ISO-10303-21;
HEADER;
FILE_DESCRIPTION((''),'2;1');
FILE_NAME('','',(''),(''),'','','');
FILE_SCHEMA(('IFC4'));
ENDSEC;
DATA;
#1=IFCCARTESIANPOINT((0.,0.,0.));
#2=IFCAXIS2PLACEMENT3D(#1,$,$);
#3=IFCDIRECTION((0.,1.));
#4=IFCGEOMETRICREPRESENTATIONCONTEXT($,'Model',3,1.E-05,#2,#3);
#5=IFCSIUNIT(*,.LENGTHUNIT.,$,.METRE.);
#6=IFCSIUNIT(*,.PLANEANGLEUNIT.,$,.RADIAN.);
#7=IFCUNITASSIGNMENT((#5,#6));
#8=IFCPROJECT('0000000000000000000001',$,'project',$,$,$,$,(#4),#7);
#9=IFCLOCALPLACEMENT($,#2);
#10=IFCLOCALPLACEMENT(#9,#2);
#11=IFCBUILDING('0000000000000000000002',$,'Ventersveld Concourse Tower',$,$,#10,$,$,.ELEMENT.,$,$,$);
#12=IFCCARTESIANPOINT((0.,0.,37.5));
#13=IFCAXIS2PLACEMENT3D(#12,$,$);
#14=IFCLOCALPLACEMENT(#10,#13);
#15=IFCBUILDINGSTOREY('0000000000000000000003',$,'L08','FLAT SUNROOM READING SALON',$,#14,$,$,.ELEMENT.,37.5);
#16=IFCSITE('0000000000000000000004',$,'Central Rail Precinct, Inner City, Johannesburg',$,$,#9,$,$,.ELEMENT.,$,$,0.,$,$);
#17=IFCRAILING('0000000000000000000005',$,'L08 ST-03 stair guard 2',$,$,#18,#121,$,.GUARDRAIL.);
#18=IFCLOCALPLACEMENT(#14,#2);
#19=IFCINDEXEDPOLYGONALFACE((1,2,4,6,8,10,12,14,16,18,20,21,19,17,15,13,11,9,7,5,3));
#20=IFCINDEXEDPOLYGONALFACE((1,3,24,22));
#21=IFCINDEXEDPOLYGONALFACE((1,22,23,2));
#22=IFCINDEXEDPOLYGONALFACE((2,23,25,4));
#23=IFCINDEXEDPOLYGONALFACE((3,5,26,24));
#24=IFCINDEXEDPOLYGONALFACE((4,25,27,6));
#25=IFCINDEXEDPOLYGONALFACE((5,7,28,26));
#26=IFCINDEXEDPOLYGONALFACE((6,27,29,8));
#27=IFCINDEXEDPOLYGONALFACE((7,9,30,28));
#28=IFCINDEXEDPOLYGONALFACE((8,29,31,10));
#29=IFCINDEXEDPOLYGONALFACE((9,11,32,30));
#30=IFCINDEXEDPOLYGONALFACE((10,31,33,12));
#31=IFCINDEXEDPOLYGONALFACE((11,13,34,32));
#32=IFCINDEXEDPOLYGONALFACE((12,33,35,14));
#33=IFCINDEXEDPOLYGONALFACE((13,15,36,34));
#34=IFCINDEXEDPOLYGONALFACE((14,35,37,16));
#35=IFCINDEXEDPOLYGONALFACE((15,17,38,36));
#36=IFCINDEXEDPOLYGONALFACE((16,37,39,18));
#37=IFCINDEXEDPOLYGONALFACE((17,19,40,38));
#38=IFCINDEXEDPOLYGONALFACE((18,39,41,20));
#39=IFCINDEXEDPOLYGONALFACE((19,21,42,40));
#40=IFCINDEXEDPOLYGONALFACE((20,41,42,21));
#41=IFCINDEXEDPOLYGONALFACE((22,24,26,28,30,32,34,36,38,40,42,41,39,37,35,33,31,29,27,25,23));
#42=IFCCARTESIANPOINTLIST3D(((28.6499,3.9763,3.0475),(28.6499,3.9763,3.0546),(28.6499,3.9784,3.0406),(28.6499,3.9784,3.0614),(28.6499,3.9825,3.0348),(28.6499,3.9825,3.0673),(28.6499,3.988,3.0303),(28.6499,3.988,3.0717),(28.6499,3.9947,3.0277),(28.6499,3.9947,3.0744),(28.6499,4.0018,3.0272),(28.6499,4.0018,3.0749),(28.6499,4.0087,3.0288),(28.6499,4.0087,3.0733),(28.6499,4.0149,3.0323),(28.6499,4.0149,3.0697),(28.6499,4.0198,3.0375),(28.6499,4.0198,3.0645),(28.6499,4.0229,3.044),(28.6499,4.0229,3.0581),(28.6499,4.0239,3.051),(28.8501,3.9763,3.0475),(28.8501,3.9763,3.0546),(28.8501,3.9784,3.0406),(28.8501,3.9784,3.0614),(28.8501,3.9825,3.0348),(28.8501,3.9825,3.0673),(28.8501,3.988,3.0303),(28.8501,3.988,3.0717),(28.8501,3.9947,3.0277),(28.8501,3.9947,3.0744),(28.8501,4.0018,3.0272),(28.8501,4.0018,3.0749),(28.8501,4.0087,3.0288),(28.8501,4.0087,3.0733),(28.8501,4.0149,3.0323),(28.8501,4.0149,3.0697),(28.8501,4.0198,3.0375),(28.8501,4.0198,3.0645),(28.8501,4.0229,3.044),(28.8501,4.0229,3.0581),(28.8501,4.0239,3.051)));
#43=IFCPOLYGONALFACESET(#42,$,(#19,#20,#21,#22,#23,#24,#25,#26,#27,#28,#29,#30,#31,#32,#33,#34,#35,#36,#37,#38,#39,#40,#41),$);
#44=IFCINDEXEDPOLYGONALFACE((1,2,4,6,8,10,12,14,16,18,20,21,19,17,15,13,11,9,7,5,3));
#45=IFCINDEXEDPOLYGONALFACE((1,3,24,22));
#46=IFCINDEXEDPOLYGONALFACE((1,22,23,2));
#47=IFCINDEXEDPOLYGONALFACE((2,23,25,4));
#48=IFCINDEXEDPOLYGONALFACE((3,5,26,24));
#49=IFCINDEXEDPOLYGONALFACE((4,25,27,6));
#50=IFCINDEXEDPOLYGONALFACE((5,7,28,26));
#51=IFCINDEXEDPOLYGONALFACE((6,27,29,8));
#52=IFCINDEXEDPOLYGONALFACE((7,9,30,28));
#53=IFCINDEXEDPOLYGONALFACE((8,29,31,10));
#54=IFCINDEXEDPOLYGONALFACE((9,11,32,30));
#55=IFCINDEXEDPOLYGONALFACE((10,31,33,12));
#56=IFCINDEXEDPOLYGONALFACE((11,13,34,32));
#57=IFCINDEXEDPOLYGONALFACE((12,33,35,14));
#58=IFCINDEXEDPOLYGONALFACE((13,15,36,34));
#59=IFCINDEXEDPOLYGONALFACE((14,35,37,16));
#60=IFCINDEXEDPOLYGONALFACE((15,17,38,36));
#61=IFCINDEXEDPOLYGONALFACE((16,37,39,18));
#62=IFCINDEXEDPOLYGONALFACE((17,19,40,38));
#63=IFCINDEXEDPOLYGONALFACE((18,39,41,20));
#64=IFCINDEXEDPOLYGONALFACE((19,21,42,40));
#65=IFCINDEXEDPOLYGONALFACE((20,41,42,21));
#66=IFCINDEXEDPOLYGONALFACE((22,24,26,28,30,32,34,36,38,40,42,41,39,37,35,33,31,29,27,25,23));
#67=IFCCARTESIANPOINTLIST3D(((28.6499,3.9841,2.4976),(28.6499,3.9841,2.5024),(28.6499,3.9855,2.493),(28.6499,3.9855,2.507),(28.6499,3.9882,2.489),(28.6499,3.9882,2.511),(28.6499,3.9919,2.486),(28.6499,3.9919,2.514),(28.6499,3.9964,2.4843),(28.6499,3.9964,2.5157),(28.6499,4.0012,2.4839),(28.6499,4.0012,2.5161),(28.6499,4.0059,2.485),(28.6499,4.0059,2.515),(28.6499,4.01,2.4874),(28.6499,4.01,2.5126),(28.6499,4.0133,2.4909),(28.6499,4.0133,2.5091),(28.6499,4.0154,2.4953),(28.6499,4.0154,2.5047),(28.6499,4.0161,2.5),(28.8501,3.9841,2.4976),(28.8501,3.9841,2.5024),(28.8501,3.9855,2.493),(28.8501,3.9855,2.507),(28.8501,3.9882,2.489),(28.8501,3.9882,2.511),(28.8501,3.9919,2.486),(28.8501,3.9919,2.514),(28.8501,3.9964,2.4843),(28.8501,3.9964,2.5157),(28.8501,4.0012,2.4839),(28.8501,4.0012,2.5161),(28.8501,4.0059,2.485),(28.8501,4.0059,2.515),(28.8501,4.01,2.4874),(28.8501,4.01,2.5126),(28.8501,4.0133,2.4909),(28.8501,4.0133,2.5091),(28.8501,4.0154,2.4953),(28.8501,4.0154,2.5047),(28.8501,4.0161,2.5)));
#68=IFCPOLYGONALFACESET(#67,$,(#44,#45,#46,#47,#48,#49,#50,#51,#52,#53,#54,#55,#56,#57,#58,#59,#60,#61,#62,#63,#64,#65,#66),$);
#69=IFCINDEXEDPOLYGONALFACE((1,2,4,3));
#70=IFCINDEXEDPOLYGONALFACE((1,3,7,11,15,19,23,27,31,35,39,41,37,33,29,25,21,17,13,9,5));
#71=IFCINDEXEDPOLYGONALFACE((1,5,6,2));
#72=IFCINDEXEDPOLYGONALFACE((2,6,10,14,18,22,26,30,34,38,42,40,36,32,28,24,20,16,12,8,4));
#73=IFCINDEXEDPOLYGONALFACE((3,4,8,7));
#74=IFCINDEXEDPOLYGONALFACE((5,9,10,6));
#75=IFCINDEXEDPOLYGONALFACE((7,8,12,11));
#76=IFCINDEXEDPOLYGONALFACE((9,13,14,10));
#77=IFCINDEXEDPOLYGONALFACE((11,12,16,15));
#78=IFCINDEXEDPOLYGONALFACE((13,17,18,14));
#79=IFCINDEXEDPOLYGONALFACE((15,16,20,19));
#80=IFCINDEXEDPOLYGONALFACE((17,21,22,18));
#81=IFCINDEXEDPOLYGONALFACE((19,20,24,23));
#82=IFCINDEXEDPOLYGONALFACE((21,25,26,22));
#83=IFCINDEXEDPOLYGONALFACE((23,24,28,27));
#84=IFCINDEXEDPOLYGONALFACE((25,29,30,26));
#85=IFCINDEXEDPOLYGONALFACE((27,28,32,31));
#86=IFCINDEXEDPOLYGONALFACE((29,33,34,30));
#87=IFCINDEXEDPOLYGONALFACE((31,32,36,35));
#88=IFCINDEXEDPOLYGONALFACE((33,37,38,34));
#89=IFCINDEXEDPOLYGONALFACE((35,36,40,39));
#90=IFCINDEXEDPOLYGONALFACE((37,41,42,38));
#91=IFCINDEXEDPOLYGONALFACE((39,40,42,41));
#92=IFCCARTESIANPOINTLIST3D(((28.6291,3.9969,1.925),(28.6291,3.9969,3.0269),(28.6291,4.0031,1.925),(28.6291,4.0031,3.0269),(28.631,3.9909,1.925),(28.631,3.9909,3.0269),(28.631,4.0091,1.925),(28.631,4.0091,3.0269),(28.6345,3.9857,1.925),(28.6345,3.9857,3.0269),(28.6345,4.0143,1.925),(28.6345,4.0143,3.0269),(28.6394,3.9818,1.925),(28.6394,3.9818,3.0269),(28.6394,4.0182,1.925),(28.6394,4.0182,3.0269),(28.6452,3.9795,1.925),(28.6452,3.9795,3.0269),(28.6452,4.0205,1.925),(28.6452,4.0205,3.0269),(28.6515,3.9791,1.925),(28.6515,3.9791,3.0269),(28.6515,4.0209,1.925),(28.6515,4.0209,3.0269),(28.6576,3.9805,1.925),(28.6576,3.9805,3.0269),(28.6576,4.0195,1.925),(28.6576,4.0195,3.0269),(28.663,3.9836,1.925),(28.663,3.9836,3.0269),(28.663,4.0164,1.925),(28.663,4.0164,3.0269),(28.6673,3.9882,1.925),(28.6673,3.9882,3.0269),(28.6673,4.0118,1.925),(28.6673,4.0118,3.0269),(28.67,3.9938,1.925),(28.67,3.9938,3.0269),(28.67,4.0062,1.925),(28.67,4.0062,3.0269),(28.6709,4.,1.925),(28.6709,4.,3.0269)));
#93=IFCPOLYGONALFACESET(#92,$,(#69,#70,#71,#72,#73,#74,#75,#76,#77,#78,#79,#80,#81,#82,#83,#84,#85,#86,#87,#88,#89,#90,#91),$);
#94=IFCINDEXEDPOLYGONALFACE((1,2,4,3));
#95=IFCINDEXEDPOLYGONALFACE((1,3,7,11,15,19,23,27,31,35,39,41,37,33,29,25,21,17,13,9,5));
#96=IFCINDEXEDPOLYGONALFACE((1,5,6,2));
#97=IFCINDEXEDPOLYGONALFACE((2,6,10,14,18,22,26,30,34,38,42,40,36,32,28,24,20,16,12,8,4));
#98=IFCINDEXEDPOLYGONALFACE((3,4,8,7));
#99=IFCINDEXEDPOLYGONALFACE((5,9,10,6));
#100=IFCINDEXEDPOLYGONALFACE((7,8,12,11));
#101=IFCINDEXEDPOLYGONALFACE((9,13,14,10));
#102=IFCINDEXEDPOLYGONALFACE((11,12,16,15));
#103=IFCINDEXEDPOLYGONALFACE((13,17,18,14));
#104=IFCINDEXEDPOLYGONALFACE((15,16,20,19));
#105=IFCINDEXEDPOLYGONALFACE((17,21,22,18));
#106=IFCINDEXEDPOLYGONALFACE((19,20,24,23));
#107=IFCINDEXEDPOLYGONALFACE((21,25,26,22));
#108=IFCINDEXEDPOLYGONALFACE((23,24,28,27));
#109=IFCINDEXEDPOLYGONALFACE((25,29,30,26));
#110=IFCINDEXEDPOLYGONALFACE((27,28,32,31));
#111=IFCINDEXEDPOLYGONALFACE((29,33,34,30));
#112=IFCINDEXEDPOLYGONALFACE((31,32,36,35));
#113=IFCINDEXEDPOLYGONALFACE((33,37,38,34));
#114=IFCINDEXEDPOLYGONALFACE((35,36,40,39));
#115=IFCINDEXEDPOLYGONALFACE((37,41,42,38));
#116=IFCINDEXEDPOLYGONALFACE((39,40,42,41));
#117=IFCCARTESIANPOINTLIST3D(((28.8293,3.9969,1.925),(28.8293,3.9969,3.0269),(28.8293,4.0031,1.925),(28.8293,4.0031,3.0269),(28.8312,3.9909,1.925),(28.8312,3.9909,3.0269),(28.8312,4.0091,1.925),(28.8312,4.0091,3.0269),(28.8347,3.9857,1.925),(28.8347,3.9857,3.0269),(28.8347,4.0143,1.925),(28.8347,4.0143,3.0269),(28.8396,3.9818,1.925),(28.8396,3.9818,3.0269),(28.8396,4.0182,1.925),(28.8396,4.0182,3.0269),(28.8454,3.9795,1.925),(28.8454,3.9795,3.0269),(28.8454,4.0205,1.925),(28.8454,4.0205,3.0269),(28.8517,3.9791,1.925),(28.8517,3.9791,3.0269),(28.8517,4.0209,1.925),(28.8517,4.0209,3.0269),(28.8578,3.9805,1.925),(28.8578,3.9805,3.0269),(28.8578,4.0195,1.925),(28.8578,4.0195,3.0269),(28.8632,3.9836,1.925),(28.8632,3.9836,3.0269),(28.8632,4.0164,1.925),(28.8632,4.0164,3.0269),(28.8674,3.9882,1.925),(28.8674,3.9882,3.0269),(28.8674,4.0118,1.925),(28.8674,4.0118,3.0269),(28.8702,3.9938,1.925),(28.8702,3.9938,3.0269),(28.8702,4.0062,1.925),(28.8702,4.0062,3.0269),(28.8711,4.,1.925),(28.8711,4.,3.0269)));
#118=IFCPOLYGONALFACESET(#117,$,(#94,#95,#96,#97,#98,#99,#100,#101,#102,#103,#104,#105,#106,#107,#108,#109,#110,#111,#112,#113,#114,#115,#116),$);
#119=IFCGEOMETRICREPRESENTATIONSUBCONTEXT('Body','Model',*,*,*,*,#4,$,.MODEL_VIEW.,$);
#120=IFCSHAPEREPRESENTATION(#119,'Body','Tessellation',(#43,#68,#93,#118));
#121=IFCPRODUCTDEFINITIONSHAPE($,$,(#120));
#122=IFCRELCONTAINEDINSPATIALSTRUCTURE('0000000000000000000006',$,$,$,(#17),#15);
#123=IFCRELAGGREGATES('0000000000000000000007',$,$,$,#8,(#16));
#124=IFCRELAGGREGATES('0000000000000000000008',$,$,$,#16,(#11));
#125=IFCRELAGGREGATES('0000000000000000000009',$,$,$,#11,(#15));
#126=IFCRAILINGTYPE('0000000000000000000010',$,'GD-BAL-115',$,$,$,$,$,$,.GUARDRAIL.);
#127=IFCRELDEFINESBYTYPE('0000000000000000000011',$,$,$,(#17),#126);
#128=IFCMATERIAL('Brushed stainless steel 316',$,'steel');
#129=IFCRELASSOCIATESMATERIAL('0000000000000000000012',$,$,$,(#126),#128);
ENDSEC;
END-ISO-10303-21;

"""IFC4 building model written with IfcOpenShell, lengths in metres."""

from ifc_helpers import new_model, si_unit, direction, frame, origin, origin_2d, place, context, subcontext, project, spatial, circle, extrude, material, type_object, element, save


model = new_model("IFC4")

# Units and contexts
model_context = context("Model", 3, precision=1e-05, world=origin(), true_north=direction((0.0, 1.0)))
body_context = subcontext(model_context, "Body", "Model", "MODEL_VIEW")
ifc_project = project(units=[si_unit("LENGTHUNIT", "METRE"), si_unit("PLANEANGLEUNIT", "RADIAN")], contexts=[model_context])

# Site, building, storey
site_placement = place(None, origin())
site = spatial("IfcSite", under=ifc_project, at=site_placement, Name="Central Rail Precinct, Inner City, Johannesburg", CompositionType="ELEMENT", RefElevation=0.0)
building_placement = place(site_placement, origin())
building = spatial("IfcBuilding", under=site, at=building_placement, Name="Ventersveld Concourse Tower", CompositionType="ELEMENT")
storey_placement = place(building_placement, frame((0.0, 0.0, 37.5)))
storey = spatial("IfcBuildingStorey", under=building, at=storey_placement, Name="L08", Description="FLAT SUNROOM READING SALON", CompositionType="ELEMENT", Elevation=37.5)

# Railing
ifc_material_1 = material(Name="Brushed stainless steel 316", Category="steel")
railing_type_1 = type_object("IfcRailingType", Name="GD-BAL-115", PredefinedType="GUARDRAIL", material=ifc_material_1)
railing_1_placement = place(storey_placement, frame((28.6499, 4.0, 1.925)))
element("IfcRailing", 1, at=railing_1_placement, inside=storey, type_object=railing_type_1, Name="L08 ST-03 stair guard 2", PredefinedType="GUARDRAIL", context=body_context, shape_type="SweptSolid", body=[
    extrude(circle(Radius=0.0239, at=origin_2d()), frame((0.0, 0.0, 1.126), z_axis=(1.0, 0.0, 0.0), x_axis=(0.0, 1.0, 0.0)), (0.0, 0.0, 1.0), 0.2002),
    extrude(circle(Radius=0.0161, at=origin_2d()), frame((0.0, 0.0, 0.575), z_axis=(1.0, 0.0, 0.0), x_axis=(0.0, 1.0, 0.0)), (0.0, 0.0, 1.0), 0.2002),
    extrude(circle(Radius=0.021, at=origin_2d()), origin(), (0.0, 0.0, 1.0), 1.1018),
    extrude(circle(Radius=0.021, at=origin_2d()), frame((0.2002, 0.0, 0.0)), (0.0, 0.0, 1.0), 1.1018),
])

save(model, "model.ifc")
